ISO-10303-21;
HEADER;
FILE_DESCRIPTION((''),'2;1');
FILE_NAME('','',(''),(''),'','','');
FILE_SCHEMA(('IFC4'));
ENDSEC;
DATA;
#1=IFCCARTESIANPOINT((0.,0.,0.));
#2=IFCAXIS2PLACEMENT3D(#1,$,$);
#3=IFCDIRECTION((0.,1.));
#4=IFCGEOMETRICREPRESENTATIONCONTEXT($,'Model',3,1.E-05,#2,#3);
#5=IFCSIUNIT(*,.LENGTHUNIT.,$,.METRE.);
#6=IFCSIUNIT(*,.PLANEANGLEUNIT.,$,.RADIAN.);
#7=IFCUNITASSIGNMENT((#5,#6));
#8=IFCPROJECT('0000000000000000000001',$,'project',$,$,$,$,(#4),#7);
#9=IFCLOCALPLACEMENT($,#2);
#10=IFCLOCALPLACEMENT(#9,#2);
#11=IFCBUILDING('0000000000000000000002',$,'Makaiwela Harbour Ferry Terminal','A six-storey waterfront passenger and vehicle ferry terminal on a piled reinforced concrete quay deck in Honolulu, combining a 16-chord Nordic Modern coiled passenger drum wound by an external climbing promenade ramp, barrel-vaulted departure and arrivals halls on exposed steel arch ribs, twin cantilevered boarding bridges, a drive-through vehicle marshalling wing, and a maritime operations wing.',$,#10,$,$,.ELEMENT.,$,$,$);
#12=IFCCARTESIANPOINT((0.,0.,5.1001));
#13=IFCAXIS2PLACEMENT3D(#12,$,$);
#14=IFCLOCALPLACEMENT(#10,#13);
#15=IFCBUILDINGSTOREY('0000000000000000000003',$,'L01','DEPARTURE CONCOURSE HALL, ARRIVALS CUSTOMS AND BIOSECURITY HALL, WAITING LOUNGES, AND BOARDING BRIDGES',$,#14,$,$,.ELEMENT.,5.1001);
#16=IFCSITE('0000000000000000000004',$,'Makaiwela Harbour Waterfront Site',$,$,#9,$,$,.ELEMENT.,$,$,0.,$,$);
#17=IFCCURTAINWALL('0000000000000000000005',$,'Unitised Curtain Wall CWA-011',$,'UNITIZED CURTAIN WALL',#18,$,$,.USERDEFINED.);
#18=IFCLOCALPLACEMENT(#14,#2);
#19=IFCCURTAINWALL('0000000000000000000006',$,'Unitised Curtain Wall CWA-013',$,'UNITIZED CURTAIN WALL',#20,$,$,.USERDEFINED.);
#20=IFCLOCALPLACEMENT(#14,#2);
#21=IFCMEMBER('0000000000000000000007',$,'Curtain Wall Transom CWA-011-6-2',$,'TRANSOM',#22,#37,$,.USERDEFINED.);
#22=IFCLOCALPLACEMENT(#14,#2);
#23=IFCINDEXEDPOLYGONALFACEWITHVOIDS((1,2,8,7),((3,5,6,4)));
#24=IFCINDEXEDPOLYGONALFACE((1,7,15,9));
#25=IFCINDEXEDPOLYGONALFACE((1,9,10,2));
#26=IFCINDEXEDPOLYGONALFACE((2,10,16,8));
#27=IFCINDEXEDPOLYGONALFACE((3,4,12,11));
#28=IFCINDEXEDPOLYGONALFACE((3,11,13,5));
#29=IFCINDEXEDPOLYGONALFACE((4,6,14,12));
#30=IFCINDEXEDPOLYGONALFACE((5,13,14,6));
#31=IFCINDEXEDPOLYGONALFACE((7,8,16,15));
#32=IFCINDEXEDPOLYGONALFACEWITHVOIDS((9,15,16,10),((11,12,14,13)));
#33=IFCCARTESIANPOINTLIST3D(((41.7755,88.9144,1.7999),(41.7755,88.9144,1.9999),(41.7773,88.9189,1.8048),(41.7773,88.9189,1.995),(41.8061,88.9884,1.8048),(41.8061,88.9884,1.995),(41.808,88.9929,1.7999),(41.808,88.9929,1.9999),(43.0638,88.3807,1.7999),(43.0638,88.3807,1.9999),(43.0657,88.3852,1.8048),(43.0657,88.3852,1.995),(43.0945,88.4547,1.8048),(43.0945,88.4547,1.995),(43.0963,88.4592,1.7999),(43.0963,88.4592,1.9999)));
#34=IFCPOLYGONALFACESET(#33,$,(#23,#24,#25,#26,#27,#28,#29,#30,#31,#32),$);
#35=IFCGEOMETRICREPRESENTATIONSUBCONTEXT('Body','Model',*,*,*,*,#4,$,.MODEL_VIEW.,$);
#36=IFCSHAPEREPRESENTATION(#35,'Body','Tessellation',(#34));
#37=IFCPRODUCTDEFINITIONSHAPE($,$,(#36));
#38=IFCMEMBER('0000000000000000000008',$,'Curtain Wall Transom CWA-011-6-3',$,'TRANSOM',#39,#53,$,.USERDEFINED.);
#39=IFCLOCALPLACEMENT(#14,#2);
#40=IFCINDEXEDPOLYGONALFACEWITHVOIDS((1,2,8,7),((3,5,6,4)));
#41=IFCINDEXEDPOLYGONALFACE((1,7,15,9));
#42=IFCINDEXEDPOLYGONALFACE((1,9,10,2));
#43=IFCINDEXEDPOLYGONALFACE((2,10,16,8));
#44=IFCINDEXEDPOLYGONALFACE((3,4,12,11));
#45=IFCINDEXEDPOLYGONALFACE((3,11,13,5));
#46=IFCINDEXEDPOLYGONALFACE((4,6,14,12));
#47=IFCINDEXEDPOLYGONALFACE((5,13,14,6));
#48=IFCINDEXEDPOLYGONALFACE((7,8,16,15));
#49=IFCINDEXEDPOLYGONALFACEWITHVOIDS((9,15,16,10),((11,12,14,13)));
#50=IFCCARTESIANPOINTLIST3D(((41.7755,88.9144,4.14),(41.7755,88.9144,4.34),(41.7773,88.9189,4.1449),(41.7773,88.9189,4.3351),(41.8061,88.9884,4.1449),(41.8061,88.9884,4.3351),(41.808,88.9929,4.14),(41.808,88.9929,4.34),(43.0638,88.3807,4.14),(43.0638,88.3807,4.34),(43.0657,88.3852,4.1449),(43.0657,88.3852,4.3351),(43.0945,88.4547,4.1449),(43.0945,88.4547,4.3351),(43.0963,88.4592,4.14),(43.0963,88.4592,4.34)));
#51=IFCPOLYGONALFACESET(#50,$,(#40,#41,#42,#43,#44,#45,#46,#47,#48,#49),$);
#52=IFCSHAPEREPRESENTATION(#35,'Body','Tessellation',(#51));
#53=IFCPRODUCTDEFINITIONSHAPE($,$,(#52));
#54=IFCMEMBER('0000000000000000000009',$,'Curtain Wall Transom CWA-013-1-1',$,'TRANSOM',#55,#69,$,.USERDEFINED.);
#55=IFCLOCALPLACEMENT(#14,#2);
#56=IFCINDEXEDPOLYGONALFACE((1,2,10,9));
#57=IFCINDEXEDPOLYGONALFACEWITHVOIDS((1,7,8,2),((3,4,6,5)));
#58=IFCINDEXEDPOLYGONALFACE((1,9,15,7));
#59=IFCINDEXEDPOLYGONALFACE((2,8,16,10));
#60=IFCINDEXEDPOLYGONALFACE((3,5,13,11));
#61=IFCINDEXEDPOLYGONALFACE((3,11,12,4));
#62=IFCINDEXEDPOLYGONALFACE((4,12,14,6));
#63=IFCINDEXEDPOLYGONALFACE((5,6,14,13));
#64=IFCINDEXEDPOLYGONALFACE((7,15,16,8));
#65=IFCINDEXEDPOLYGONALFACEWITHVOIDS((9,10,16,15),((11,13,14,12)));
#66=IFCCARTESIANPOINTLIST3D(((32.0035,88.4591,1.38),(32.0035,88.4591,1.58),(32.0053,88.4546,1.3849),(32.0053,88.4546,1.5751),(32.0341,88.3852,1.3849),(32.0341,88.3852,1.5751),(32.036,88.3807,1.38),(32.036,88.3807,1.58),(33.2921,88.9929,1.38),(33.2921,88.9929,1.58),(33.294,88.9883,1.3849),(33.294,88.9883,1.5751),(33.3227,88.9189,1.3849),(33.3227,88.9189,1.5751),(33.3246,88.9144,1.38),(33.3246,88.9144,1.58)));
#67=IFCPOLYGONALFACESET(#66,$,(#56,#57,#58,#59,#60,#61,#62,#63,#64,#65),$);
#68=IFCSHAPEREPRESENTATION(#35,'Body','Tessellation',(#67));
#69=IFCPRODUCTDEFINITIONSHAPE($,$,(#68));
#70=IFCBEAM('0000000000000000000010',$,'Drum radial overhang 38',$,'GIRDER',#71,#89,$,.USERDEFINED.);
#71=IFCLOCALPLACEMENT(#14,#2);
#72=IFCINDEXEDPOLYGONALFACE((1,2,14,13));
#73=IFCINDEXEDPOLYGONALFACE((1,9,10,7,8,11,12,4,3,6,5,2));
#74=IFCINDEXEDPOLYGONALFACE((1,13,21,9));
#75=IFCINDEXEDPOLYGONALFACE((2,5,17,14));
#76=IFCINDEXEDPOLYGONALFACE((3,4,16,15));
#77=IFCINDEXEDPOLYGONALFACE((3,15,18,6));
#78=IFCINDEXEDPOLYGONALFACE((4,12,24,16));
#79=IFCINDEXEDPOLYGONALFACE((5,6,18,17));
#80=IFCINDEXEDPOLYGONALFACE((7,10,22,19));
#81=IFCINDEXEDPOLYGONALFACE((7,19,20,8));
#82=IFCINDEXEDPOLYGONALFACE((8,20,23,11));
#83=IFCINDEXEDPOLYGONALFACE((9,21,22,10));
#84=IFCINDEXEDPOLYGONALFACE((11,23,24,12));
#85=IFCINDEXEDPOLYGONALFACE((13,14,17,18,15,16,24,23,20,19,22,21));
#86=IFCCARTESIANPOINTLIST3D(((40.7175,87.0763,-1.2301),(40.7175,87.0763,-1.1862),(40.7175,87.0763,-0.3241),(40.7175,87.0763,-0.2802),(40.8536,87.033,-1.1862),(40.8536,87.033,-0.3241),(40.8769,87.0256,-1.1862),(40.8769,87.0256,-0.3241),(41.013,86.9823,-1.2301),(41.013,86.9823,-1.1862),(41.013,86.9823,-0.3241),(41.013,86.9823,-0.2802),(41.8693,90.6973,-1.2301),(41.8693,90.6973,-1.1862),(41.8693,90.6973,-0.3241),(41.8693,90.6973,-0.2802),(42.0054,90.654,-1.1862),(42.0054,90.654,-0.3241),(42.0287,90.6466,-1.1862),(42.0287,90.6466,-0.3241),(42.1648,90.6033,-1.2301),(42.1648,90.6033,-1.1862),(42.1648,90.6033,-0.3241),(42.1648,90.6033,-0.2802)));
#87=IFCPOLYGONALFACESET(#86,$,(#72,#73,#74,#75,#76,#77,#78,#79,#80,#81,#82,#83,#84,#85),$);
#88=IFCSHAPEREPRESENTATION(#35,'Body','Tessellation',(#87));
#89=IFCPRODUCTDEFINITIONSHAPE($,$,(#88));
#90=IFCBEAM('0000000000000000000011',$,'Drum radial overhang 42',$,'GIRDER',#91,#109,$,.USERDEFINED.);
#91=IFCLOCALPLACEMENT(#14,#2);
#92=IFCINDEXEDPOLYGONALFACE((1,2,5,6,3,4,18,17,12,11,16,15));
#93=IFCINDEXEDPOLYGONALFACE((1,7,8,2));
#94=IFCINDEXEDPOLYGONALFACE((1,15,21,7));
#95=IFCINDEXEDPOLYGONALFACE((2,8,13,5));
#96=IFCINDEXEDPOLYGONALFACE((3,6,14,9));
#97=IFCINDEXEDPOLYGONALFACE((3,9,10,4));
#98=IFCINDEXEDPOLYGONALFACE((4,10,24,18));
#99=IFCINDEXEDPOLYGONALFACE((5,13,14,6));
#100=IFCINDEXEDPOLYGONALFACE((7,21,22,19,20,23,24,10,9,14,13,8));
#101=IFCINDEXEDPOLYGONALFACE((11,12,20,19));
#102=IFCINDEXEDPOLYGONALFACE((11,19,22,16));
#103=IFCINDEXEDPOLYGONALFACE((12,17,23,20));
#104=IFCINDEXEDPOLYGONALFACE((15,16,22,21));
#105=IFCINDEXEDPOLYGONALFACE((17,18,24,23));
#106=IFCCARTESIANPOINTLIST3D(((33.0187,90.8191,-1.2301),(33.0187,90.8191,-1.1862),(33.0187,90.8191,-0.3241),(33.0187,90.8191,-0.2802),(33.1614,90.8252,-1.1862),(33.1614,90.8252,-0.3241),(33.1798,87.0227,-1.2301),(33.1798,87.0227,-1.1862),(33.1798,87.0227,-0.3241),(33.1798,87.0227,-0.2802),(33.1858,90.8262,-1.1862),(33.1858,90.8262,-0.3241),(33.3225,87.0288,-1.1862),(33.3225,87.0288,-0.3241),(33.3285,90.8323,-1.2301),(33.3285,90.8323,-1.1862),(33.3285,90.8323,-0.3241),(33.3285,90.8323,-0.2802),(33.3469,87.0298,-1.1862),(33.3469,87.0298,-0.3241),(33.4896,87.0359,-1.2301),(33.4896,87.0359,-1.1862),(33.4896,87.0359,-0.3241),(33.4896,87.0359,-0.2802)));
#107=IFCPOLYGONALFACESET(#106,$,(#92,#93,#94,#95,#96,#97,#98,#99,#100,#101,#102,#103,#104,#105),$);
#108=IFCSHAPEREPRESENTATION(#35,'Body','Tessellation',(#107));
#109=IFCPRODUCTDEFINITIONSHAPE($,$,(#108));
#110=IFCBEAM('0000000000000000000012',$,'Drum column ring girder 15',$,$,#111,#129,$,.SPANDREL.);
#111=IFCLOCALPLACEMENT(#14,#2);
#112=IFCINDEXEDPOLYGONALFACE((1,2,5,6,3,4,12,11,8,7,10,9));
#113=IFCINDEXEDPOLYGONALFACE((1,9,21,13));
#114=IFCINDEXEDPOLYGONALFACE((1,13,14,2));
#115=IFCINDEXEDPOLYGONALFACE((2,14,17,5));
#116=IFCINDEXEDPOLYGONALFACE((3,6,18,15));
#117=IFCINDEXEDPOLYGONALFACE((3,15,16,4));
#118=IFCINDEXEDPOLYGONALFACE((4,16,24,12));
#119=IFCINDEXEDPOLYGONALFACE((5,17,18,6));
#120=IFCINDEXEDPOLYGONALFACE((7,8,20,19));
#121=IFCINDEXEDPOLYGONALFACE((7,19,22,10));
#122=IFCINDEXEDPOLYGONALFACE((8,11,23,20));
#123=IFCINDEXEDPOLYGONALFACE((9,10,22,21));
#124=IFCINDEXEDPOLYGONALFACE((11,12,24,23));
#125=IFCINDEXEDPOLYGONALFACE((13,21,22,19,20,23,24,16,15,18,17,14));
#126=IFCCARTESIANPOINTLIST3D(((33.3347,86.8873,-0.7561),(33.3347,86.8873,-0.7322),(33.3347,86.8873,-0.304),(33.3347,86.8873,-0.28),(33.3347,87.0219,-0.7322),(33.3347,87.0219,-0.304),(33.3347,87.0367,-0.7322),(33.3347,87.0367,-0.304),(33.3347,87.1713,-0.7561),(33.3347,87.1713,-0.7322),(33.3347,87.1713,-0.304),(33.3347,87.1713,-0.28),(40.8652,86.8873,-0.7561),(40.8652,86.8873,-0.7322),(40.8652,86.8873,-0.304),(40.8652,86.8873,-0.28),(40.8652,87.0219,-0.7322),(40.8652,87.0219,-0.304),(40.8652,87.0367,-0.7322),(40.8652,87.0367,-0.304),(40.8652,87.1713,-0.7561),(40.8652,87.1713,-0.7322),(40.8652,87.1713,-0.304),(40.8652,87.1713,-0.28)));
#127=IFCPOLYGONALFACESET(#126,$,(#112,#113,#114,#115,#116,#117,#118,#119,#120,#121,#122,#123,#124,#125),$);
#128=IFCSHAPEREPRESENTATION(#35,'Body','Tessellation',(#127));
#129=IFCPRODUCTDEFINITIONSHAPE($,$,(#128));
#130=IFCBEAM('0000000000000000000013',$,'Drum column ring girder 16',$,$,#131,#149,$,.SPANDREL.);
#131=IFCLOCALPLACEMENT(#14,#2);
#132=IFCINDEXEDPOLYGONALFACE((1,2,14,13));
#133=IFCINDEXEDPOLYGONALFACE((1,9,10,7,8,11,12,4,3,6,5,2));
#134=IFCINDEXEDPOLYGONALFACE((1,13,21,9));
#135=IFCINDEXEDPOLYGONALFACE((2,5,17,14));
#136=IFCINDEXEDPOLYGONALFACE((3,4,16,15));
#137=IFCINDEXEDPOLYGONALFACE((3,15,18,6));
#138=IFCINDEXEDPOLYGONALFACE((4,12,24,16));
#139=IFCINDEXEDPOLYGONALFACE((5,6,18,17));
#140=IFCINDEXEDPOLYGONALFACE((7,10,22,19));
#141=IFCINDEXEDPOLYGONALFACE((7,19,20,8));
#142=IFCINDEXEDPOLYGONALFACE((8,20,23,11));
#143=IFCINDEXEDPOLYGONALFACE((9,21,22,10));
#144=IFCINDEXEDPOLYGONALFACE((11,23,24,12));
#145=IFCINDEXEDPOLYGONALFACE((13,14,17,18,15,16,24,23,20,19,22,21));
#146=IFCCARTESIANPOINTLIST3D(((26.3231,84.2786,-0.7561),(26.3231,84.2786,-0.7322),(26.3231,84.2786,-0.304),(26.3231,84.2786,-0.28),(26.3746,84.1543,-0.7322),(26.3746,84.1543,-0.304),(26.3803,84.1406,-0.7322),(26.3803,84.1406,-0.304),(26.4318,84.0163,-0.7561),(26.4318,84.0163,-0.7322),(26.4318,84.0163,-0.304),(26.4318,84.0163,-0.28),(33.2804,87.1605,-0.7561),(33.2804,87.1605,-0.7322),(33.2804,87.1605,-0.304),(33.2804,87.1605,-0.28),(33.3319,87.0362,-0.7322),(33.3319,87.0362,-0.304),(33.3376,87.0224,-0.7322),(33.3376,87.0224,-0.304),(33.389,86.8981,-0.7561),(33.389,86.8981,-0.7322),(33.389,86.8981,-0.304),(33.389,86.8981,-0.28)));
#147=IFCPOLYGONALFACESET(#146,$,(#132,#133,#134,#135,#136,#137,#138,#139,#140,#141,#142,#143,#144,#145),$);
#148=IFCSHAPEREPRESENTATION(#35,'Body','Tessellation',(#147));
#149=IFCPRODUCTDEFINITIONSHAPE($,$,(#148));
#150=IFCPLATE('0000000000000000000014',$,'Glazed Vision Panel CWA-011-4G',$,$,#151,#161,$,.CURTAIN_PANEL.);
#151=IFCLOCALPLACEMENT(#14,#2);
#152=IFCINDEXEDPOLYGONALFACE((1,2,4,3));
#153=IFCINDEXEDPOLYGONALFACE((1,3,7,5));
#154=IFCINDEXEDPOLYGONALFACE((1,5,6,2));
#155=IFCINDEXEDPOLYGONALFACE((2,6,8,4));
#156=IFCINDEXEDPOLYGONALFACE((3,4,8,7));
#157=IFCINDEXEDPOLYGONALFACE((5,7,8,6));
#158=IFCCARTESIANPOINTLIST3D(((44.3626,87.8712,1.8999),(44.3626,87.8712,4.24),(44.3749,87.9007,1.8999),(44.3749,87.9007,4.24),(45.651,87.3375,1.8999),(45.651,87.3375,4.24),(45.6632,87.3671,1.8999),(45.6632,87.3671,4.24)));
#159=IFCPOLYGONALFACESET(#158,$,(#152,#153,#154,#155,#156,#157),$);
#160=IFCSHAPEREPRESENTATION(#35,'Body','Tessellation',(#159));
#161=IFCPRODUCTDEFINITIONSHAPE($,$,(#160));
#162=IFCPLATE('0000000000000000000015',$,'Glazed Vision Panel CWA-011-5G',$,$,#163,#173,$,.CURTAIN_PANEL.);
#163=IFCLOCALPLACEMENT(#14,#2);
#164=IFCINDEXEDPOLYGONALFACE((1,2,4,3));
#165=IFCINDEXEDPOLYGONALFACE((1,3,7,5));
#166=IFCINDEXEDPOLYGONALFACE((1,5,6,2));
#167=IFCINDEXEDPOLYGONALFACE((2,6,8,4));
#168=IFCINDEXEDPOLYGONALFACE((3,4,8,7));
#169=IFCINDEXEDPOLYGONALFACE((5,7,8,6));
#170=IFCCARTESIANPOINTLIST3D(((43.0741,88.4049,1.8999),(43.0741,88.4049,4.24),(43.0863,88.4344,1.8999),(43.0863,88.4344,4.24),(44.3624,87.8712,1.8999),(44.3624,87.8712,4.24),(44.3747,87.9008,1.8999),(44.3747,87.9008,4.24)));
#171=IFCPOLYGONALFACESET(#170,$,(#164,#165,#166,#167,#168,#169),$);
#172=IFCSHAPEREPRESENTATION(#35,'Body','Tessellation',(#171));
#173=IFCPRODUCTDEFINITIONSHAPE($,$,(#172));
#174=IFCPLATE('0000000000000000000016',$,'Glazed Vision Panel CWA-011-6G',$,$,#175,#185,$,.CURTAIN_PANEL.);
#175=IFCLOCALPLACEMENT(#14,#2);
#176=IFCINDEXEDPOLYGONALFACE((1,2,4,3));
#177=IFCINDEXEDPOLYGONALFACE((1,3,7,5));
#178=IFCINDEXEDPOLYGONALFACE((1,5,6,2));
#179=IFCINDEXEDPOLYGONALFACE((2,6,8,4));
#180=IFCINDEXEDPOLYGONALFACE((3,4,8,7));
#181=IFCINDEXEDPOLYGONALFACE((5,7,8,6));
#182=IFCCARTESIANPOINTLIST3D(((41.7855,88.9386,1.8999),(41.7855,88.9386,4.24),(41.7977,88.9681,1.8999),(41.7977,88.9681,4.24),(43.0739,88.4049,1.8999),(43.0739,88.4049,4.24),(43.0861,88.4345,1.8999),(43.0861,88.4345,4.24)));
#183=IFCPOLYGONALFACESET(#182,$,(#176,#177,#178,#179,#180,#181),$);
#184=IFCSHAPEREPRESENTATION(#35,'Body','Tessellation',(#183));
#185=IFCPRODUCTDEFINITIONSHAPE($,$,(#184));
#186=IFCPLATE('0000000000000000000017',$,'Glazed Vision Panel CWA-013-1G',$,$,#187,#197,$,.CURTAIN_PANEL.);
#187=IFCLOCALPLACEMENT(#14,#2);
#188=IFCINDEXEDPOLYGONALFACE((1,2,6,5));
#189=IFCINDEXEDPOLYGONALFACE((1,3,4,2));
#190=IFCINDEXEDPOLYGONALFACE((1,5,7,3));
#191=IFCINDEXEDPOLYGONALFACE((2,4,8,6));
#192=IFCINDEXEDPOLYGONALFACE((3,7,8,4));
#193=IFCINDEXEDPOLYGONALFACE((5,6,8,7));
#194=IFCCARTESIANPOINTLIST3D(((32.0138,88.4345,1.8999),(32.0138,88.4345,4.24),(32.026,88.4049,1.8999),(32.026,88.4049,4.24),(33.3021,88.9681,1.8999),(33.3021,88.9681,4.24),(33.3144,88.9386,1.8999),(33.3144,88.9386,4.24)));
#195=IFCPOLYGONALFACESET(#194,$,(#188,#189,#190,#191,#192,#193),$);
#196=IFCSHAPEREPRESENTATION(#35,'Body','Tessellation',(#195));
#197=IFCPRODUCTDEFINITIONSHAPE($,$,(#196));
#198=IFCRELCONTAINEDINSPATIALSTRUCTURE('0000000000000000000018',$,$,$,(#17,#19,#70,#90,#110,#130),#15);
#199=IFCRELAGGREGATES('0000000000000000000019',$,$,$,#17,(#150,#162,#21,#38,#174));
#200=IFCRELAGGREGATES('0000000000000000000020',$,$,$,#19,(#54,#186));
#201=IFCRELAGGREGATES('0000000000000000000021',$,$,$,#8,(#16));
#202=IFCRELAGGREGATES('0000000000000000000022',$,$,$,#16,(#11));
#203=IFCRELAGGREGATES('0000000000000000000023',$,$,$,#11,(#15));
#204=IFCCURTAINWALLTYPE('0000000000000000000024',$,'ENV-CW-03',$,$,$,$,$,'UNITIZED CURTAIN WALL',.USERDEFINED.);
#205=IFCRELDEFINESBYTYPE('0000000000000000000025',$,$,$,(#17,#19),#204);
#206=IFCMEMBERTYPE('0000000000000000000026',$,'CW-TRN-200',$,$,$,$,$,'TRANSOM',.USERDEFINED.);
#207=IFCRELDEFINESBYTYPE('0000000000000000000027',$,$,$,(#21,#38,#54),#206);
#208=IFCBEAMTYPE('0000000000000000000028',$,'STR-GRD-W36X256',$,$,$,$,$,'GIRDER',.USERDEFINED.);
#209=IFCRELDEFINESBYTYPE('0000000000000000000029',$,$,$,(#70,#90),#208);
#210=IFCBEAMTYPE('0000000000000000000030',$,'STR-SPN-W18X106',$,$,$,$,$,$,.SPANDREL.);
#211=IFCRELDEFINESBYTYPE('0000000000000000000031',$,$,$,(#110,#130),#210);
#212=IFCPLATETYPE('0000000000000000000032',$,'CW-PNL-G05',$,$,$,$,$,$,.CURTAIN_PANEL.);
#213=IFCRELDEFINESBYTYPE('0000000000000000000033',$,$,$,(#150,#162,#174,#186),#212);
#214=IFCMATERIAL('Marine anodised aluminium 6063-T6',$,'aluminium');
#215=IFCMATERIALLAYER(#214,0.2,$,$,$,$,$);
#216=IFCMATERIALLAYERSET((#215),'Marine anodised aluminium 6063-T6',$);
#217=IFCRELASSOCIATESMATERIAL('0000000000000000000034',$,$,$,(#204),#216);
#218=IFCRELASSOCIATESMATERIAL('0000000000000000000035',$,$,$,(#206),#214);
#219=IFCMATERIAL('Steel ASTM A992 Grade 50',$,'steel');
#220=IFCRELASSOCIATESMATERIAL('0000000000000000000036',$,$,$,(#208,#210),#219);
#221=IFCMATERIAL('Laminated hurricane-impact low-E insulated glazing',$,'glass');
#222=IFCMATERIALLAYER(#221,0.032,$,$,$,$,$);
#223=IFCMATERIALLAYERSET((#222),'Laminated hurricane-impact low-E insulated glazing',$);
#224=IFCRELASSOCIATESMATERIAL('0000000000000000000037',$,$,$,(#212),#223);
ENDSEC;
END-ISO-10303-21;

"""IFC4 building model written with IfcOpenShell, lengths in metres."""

from ifc_helpers import new_model, si_unit, direction, frame, origin, origin_2d, place, context, subcontext, project, spatial, rectangle, hollow_rectangle, i_section, extrude, material, layer, layer_set, material_profile, profile_set, type_object, element, aggregate, save


model = new_model("IFC4")

# Units and contexts
model_context = context("Model", 3, precision=1e-05, world=origin(), true_north=direction((0.0, 1.0)))
body_context = subcontext(model_context, "Body", "Model", "MODEL_VIEW")
ifc_project = project(units=[si_unit("LENGTHUNIT", "METRE"), si_unit("PLANEANGLEUNIT", "RADIAN")], contexts=[model_context])

# Site, building, storey
site_placement = place(None, origin())
site = spatial("IfcSite", under=ifc_project, at=site_placement, Name="Makaiwela Harbour Waterfront Site", CompositionType="ELEMENT", RefElevation=0.0)
building_placement = place(site_placement, origin())
building = spatial("IfcBuilding", under=site, at=building_placement, Name="Makaiwela Harbour Ferry Terminal", Description="A six-storey waterfront passenger and vehicle ferry terminal on a piled reinforced concrete quay deck in Honolulu, combining a 16-chord Nordic Modern coiled passenger drum wound by an external climbing promenade ramp, barrel-vaulted departure and arrivals halls on exposed steel arch ribs, twin cantilevered boarding bridges, a drive-through vehicle marshalling wing, and a maritime operations wing.", CompositionType="ELEMENT")
storey_placement = place(building_placement, frame((0.0, 0.0, 5.1001)))
storey = spatial("IfcBuildingStorey", under=building, at=storey_placement, Name="L01", Description="DEPARTURE CONCOURSE HALL, ARRIVALS CUSTOMS AND BIOSECURITY HALL, WAITING LOUNGES, AND BOARDING BRIDGES", CompositionType="ELEMENT", Elevation=5.1001)

# Shared definitions
ifc_material_1 = material(Name="Steel ASTM A992 Grade 50", Category="steel")

# Curtain wall
ifc_material_2 = material(Name="Marine anodised aluminium 6063-T6", Category="aluminium")
ifc_layer_1 = layer(ifc_material_2, 0.2)
ifc_layer_set_1 = layer_set([ifc_layer_1], Name="Marine anodised aluminium 6063-T6")
curtain_wall_type = type_object("IfcCurtainWallType", Name="ENV-CW-03", ElementType="UNITIZED CURTAIN WALL", PredefinedType="USERDEFINED", material=ifc_layer_set_1)
curtain_wall_1_placement = place(storey_placement, origin())
curtain_wall_1 = element("IfcCurtainWall", 1, at=curtain_wall_1_placement, inside=storey, type_object=curtain_wall_type, Name="Unitised Curtain Wall CWA-011", ObjectType="UNITIZED CURTAIN WALL", PredefinedType="USERDEFINED")

# Curtain wall
curtain_wall_2_placement = place(storey_placement, origin())
curtain_wall_2 = element("IfcCurtainWall", 2, at=curtain_wall_2_placement, inside=storey, type_object=curtain_wall_type, Name="Unitised Curtain Wall CWA-013", ObjectType="UNITIZED CURTAIN WALL", PredefinedType="USERDEFINED")

# Members
ifc_material_profile_1 = material_profile(ifc_material_2, hollow_rectangle(XDim=0.085, YDim=0.2, WallThickness=0.0049, at=origin_2d()), Name="CWT-200X85")
ifc_profile_set_1 = profile_set([ifc_material_profile_1], Name="Marine anodised aluminium 6063-T6")
member_type_1 = type_object("IfcMemberType", Name="CW-TRN-200", ElementType="TRANSOM", PredefinedType="USERDEFINED", material=ifc_profile_set_1)
member_1_placement = place(storey_placement, frame((43.0801, 88.4199, 1.8999), z_axis=(-0.923867, 0.382713, 0.0), x_axis=(-0.382713, -0.923867, 0.0)))
member_1 = element("IfcMember", 3, at=member_1_placement, type_object=member_type_1, Name="Curtain Wall Transom CWA-011-6-2", ObjectType="TRANSOM", PredefinedType="USERDEFINED", context=body_context, shape_type="SweptSolid", body=[
    extrude(hollow_rectangle(XDim=0.085, YDim=0.2, WallThickness=0.0049, at=origin_2d()), origin(), (0.0, 0.0, 1.0), 1.3945),
])
member_2_placement = place(storey_placement, frame((43.0801, 88.4199, 4.24), z_axis=(-0.923867, 0.382713, 0.0), x_axis=(-0.382713, -0.923867, 0.0)))
member_2 = element("IfcMember", 4, at=member_2_placement, type_object=member_type_1, Name="Curtain Wall Transom CWA-011-6-3", ObjectType="TRANSOM", PredefinedType="USERDEFINED", context=body_context, shape_type="SweptSolid", body=[
    extrude(hollow_rectangle(XDim=0.085, YDim=0.2, WallThickness=0.0049, at=origin_2d()), origin(), (0.0, 0.0, 1.0), 1.3945),
])
member_3_placement = place(storey_placement, frame((33.3083, 88.9536, 1.48), z_axis=(-0.923893, -0.382651, 0.0), x_axis=(0.382651, -0.923893, 0.0)))
member_3 = element("IfcMember", 5, at=member_3_placement, type_object=member_type_1, Name="Curtain Wall Transom CWA-013-1-1", ObjectType="TRANSOM", PredefinedType="USERDEFINED", context=body_context, shape_type="SweptSolid", body=[
    extrude(hollow_rectangle(XDim=0.085, YDim=0.2, WallThickness=0.0049, at=origin_2d()), origin(), (0.0, 0.0, 1.0), 1.3948),
])

# Beams
ifc_material_profile_2 = material_profile(ifc_material_1, i_section(OverallWidth=0.3101, OverallDepth=0.95, WebThickness=0.0244, FlangeThickness=0.0439, at=origin_2d()), Name="W36X256")
ifc_profile_set_2 = profile_set([ifc_material_profile_2], Name="Steel ASTM A992 Grade 50")
beam_type_1 = type_object("IfcBeamType", Name="STR-GRD-W36X256", ElementType="GIRDER", PredefinedType="USERDEFINED", material=ifc_profile_set_2)
for number, where, z_axis, x_axis, name in (
    (6, (40.8652, 87.0293, -0.7551), (0.303129, 0.952949, 0.0), (-0.952949, 0.303129, 0.0), "Drum radial overhang 38"),
    (7, (33.3347, 87.0293, -0.7551), (-0.042406, 0.9991, 0.0), (-0.9991, -0.042406, 0.0), "Drum radial overhang 42"),
):
    element("IfcBeam", number, at=place(storey_placement, frame(where, z_axis=z_axis, x_axis=x_axis)), inside=storey, type_object=beam_type_1, Name=name, ObjectType="GIRDER", PredefinedType="USERDEFINED", context=body_context, shape_type="SweptSolid", body=[
        extrude(i_section(OverallWidth=0.3101, OverallDepth=0.95, WebThickness=0.0244, FlangeThickness=0.0439, at=origin_2d()), origin(), (0.0, 0.0, 1.0), 3.7998),
    ])
ifc_material_profile_3 = material_profile(ifc_material_1, i_section(OverallWidth=0.2839, OverallDepth=0.4761, WebThickness=0.0149, FlangeThickness=0.0239, at=origin_2d()), Name="W18X106")
ifc_profile_set_3 = profile_set([ifc_material_profile_3], Name="Steel ASTM A992 Grade 50")
beam_type_2 = type_object("IfcBeamType", Name="STR-SPN-W18X106", PredefinedType="SPANDREL", material=ifc_profile_set_3)
for number, where, z_axis, x_axis, name in (
    (8, (40.8652, 87.0293, -0.5181), (-1.0, 0.0, 0.0), (0.0, -1.0, 0.0), "Drum column ring girder 15"),
    (9, (33.3347, 87.0293, -0.5181), (-0.923878, -0.382688, 0.0), (0.382688, -0.923878, 0.0), "Drum column ring girder 16"),
):
    element("IfcBeam", number, at=place(storey_placement, frame(where, z_axis=z_axis, x_axis=x_axis)), inside=storey, type_object=beam_type_2, Name=name, PredefinedType="SPANDREL", context=body_context, shape_type="SweptSolid", body=[
        extrude(i_section(OverallWidth=0.2839, OverallDepth=0.4761, WebThickness=0.0149, FlangeThickness=0.0239, at=origin_2d()), origin(), (0.0, 0.0, 1.0), 7.5305),
    ])

# Plates
ifc_material_3 = material(Name="Laminated hurricane-impact low-E insulated glazing", Category="glass")
ifc_layer_2 = layer(ifc_material_3, 0.032)
ifc_layer_set_2 = layer_set([ifc_layer_2], Name="Laminated hurricane-impact low-E insulated glazing")
plate_type_1 = type_object("IfcPlateType", Name="CW-PNL-G05", PredefinedType="CURTAIN_PANEL", material=ifc_layer_set_2)
plate_1_placement = place(storey_placement, frame((45.0129, 87.6191, 1.8999), z_axis=(0.0, 0.0, 1.0), x_axis=(-0.92388, 0.382683, 0.0)))
plate_1 = element("IfcPlate", 10, at=plate_1_placement, type_object=plate_type_1, Name="Glazed Vision Panel CWA-011-4G", PredefinedType="CURTAIN_PANEL", context=body_context, shape_type="SweptSolid", body=[
    extrude(rectangle(XDim=1.3945, YDim=0.032, at=origin_2d()), origin(), (0.0, 0.0, 1.0), 2.3401),
])
plate_2_placement = place(storey_placement, frame((43.7244, 88.1528, 1.8999), z_axis=(0.0, 0.0, 1.0), x_axis=(-0.92388, 0.382683, 0.0)))
plate_2 = element("IfcPlate", 11, at=plate_2_placement, type_object=plate_type_1, Name="Glazed Vision Panel CWA-011-5G", PredefinedType="CURTAIN_PANEL", context=body_context, shape_type="SweptSolid", body=[
    extrude(rectangle(XDim=1.3945, YDim=0.032, at=origin_2d()), origin(), (0.0, 0.0, 1.0), 2.3401),
])
plate_3_placement = place(storey_placement, frame((42.4358, 88.6865, 1.8999), z_axis=(0.0, 0.0, 1.0), x_axis=(-0.92388, 0.382683, 0.0)))
plate_3 = element("IfcPlate", 12, at=plate_3_placement, type_object=plate_type_1, Name="Glazed Vision Panel CWA-011-6G", PredefinedType="CURTAIN_PANEL", context=body_context, shape_type="SweptSolid", body=[
    extrude(rectangle(XDim=1.3945, YDim=0.032, at=origin_2d()), origin(), (0.0, 0.0, 1.0), 2.3401),
])
plate_4_placement = place(storey_placement, frame((32.6641, 88.6865, 1.8999), z_axis=(0.0, 0.0, 1.0), x_axis=(-0.92388, -0.382683, 0.0)))
plate_4 = element("IfcPlate", 13, at=plate_4_placement, type_object=plate_type_1, Name="Glazed Vision Panel CWA-013-1G", PredefinedType="CURTAIN_PANEL", context=body_context, shape_type="SweptSolid", body=[
    extrude(rectangle(XDim=1.3945, YDim=0.032, at=origin_2d()), origin(), (0.0, 0.0, 1.0), 2.3401),
])
aggregate(curtain_wall_1, [plate_1, plate_2, member_1, member_2, plate_3])
aggregate(curtain_wall_2, [member_3, plate_4])

save(model, "model.ifc")
